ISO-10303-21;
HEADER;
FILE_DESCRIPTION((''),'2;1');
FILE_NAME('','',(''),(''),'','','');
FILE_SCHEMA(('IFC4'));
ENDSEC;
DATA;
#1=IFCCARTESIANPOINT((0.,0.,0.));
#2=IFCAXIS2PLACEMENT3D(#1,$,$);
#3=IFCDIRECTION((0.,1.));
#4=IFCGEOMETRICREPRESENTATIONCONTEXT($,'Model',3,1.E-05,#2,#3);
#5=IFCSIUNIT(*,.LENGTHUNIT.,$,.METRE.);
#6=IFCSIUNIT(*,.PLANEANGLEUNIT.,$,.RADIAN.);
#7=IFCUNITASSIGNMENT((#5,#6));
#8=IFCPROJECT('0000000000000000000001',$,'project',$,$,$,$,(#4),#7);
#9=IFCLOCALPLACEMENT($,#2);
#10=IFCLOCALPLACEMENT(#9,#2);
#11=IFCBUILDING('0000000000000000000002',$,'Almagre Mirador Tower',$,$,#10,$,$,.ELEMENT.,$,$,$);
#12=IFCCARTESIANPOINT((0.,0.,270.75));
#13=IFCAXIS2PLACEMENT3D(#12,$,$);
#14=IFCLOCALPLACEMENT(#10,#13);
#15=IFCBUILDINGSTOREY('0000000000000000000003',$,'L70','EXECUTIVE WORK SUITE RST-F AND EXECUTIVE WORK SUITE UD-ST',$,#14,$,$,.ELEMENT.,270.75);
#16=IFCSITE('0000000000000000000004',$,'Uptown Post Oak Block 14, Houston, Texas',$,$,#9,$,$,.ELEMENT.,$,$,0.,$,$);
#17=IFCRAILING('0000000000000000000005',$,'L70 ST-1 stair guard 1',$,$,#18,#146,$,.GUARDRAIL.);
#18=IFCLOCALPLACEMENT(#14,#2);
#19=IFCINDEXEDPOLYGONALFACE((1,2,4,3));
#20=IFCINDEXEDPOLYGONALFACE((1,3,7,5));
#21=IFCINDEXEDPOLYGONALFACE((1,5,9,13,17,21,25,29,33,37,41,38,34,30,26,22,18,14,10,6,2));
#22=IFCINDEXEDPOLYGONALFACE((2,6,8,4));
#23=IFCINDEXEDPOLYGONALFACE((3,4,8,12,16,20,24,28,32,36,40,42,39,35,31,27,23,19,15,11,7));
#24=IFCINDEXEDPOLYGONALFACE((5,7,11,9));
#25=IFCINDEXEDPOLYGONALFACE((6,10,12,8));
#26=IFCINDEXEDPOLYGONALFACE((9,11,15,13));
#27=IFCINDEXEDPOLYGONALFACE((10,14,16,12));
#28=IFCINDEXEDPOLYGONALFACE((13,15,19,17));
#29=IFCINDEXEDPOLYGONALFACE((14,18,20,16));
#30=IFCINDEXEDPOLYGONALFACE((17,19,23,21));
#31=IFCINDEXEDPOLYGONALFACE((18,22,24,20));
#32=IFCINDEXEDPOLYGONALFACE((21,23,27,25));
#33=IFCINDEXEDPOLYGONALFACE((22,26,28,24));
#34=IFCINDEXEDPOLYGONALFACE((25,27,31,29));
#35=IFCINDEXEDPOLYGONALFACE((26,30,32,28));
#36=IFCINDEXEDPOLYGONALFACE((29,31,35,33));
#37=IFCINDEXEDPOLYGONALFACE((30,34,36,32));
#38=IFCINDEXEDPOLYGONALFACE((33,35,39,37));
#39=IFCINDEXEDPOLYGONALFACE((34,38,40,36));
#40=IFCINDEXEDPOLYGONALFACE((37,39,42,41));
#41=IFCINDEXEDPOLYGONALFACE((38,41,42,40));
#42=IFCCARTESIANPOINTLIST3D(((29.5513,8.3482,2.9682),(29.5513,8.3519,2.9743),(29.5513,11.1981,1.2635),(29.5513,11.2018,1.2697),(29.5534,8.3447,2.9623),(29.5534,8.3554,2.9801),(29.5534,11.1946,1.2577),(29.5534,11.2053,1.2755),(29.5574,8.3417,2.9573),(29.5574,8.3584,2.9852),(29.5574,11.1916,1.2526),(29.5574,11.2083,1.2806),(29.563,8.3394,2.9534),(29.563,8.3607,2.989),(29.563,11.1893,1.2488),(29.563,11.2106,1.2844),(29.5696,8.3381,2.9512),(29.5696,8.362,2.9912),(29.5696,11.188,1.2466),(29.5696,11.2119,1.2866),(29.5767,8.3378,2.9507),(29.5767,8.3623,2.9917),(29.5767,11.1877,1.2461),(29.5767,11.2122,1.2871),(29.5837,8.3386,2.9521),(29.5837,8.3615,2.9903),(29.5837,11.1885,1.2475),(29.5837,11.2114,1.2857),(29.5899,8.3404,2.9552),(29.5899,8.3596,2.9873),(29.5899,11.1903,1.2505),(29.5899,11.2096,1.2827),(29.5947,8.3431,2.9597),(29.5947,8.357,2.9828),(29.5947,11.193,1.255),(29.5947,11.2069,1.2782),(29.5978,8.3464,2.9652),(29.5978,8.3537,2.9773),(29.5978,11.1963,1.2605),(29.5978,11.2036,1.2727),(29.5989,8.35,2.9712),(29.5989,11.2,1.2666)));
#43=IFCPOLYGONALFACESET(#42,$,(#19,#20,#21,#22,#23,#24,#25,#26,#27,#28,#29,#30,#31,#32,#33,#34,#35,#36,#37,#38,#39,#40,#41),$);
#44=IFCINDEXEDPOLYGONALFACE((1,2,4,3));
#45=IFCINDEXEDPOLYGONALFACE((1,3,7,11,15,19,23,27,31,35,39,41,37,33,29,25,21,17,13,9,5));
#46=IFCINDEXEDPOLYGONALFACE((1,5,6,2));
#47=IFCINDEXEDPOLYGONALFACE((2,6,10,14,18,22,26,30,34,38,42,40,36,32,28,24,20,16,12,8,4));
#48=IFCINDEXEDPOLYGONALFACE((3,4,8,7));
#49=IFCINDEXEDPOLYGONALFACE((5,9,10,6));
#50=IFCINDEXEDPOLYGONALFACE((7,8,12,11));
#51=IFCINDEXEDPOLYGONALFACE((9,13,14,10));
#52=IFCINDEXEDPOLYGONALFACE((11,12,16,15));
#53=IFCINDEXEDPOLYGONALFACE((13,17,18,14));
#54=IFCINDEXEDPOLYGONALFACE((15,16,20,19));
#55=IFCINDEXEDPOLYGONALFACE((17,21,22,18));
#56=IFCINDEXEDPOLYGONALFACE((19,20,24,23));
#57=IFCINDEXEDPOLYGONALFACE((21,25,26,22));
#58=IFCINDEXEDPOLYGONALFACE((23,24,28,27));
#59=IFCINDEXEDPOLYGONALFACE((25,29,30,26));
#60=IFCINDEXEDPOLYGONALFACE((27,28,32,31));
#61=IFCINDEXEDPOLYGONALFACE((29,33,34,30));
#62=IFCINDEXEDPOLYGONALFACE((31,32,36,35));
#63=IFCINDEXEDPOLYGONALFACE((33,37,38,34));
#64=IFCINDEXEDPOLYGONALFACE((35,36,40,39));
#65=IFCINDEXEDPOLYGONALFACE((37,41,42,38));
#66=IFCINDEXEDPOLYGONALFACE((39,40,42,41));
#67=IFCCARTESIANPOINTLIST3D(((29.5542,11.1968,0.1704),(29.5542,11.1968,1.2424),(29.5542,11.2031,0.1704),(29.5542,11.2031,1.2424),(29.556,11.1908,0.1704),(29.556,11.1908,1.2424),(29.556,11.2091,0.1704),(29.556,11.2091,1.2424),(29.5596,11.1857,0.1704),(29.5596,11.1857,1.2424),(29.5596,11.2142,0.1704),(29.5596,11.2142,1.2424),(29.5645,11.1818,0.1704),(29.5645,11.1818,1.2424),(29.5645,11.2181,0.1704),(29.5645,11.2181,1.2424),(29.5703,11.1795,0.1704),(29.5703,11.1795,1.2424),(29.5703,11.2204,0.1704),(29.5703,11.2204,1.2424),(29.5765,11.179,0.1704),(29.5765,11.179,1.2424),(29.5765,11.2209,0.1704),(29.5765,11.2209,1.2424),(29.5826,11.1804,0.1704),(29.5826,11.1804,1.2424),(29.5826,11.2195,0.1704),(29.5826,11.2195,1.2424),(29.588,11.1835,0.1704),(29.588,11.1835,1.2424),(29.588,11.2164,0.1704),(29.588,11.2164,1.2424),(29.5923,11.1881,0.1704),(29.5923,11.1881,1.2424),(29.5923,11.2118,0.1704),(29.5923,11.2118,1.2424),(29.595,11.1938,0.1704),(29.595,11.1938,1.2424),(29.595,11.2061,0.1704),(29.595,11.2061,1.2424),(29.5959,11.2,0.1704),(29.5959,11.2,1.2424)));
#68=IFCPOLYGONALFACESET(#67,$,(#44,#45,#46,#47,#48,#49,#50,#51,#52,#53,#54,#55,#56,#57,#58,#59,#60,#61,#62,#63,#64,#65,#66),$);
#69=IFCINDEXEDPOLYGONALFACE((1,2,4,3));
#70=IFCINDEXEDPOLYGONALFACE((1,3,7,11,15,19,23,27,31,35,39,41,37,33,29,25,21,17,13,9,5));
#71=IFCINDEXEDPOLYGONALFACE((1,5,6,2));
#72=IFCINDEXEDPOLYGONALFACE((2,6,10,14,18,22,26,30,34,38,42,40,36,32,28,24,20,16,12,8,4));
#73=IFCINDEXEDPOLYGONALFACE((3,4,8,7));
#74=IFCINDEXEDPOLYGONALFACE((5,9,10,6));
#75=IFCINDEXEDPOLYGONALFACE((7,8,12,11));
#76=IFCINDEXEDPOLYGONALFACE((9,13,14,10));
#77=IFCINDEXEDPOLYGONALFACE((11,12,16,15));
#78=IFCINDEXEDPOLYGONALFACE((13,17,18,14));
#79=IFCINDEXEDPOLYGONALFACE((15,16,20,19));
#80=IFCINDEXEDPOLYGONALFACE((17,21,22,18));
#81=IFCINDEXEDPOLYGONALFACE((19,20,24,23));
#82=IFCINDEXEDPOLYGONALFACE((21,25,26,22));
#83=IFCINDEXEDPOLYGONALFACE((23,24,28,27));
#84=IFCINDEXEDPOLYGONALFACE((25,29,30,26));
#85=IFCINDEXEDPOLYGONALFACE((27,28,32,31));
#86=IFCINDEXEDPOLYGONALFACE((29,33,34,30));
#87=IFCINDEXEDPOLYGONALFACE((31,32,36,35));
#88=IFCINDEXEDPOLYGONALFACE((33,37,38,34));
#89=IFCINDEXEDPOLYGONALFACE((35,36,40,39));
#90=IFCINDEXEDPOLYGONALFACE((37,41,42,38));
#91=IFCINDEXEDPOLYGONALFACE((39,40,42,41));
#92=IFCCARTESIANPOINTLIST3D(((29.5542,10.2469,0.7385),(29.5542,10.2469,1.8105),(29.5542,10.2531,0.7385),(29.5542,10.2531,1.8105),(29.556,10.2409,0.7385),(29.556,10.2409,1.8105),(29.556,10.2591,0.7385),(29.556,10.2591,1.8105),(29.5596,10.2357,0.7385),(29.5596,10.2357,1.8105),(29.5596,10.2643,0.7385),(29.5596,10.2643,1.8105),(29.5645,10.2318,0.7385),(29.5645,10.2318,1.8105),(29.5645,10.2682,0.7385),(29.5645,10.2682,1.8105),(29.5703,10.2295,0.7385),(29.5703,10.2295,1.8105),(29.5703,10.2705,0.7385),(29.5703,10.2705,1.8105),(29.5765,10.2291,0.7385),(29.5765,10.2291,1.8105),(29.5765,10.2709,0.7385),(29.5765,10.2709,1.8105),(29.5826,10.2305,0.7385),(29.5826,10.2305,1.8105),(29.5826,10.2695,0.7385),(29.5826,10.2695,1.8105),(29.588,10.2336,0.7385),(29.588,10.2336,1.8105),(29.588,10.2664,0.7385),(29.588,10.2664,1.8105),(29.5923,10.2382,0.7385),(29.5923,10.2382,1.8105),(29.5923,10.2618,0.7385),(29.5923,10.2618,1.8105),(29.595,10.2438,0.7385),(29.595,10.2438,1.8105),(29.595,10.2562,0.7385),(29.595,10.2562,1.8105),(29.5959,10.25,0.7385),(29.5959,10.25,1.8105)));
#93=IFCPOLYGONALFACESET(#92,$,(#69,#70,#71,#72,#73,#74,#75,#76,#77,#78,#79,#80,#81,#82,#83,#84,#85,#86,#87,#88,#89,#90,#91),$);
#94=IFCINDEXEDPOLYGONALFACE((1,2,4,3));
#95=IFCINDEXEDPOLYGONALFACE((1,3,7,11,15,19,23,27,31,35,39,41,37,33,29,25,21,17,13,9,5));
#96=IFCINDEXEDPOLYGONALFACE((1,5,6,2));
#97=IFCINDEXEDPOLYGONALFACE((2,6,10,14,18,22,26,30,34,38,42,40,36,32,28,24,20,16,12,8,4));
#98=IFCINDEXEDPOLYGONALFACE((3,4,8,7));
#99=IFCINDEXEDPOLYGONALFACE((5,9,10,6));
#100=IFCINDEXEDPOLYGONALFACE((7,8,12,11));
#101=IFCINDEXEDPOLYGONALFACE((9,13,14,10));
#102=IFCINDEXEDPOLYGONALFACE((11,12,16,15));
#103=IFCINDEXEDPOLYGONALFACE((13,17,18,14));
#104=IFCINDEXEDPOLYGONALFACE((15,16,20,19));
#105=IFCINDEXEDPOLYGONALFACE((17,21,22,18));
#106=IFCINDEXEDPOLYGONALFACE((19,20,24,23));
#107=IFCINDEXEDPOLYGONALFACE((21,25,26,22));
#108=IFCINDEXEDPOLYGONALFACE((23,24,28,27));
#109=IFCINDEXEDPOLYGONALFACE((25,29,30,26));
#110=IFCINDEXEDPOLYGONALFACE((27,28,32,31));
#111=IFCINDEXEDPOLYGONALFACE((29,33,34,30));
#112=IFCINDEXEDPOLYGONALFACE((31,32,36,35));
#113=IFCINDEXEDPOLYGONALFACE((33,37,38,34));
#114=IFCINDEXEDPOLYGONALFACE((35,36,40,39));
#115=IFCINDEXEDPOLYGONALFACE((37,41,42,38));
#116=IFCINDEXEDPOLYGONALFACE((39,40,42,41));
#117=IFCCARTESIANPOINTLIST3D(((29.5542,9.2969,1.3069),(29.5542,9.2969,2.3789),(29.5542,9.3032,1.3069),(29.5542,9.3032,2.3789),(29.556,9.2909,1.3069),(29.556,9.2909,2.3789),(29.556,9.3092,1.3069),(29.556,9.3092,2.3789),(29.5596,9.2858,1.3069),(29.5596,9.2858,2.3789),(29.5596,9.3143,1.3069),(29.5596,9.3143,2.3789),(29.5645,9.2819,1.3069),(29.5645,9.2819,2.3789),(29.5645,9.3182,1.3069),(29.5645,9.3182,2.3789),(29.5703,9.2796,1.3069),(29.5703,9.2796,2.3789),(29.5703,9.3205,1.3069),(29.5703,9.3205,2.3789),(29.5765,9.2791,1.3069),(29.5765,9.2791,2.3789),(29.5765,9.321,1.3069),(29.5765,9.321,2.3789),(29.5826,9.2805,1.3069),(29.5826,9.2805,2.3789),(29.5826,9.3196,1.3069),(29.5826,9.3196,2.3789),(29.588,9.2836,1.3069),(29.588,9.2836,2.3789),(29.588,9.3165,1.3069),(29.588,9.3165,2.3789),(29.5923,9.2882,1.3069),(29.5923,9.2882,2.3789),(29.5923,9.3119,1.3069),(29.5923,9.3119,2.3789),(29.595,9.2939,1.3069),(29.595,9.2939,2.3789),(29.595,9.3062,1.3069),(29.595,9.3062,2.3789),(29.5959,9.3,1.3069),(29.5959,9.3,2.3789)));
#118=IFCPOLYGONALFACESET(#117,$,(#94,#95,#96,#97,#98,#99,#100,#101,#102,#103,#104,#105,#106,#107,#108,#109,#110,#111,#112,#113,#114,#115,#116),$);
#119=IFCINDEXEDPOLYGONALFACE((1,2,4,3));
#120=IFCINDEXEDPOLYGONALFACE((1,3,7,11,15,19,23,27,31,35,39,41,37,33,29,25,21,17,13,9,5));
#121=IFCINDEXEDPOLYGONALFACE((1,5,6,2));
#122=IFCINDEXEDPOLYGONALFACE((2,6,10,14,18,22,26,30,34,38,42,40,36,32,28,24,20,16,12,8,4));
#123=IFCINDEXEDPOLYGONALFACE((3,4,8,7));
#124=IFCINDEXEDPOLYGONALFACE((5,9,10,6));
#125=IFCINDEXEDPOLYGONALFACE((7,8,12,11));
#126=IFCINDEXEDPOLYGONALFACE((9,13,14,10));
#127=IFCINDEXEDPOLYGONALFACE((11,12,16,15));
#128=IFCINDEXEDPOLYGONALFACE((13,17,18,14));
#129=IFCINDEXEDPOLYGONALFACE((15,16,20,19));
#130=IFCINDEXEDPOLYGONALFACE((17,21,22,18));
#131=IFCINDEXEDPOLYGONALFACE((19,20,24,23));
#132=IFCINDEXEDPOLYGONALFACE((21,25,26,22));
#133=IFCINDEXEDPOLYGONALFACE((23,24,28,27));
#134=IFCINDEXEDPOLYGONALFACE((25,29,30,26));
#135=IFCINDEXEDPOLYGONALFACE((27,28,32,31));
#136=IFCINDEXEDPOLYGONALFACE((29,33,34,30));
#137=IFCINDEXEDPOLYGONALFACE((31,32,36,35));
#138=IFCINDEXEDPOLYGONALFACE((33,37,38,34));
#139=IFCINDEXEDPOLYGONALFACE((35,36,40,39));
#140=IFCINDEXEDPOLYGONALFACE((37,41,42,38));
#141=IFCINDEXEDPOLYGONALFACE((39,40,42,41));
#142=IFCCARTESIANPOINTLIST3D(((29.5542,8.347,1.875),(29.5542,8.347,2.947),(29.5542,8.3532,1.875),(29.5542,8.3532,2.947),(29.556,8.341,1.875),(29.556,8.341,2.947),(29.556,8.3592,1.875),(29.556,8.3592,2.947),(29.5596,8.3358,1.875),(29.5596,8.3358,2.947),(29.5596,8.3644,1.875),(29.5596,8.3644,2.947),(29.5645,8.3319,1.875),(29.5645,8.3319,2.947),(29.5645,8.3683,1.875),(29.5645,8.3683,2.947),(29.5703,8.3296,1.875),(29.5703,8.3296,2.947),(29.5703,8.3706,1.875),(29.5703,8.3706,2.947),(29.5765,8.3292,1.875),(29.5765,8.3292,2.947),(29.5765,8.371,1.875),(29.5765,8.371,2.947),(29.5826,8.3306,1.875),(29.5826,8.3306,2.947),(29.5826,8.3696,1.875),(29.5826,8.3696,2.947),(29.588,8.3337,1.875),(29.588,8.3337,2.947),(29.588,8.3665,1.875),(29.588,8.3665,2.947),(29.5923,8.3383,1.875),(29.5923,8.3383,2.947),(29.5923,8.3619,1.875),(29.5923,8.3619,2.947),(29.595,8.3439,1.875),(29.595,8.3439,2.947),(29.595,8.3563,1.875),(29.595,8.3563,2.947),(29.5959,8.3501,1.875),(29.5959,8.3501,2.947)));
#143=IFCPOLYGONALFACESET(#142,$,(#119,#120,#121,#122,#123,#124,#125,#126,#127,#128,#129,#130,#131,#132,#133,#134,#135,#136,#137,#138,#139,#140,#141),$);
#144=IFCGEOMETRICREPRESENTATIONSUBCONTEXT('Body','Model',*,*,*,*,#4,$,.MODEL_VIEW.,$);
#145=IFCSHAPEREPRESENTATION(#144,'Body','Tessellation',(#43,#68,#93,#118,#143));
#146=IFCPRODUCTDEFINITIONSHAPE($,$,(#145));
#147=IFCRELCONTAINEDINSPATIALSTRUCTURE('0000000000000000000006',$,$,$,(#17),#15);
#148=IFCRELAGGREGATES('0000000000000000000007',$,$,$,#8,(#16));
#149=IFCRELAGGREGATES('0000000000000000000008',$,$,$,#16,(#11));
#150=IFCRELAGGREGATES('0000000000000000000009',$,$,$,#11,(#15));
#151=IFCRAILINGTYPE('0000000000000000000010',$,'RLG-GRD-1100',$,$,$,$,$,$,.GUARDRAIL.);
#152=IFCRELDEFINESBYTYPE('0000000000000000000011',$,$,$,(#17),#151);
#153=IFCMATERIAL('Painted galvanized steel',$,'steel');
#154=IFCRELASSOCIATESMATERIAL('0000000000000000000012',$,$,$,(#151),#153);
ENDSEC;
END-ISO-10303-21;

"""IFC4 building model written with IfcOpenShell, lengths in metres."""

from ifc_helpers import new_model, si_unit, direction, frame, origin, origin_2d, place, context, subcontext, project, spatial, circle, extrude, material, type_object, element, save


model = new_model("IFC4")

# Units and contexts
model_context = context("Model", 3, precision=1e-05, world=origin(), true_north=direction((0.0, 1.0)))
body_context = subcontext(model_context, "Body", "Model", "MODEL_VIEW")
ifc_project = project(units=[si_unit("LENGTHUNIT", "METRE"), si_unit("PLANEANGLEUNIT", "RADIAN")], contexts=[model_context])

# Site, building, storey
site_placement = place(None, origin())
site = spatial("IfcSite", under=ifc_project, at=site_placement, Name="Uptown Post Oak Block 14, Houston, Texas", CompositionType="ELEMENT", RefElevation=0.0)
building_placement = place(site_placement, origin())
building = spatial("IfcBuilding", under=site, at=building_placement, Name="Almagre Mirador Tower", CompositionType="ELEMENT")
storey_placement = place(building_placement, frame((0.0, 0.0, 270.75)))
storey = spatial("IfcBuildingStorey", under=building, at=storey_placement, Name="L70", Description="EXECUTIVE WORK SUITE RST-F AND EXECUTIVE WORK SUITE UD-ST", CompositionType="ELEMENT", Elevation=270.75)

# Railing
ifc_material_1 = material(Name="Painted galvanized steel", Category="steel")
railing_type_1 = type_object("IfcRailingType", Name="RLG-GRD-1100", PredefinedType="GUARDRAIL", material=ifc_material_1)
railing_1_placement = place(storey_placement, frame((29.575, 11.2, 0.1704)))
element("IfcRailing", 1, at=railing_1_placement, inside=storey, type_object=railing_type_1, Name="L70 ST-1 stair guard 1", PredefinedType="GUARDRAIL", context=body_context, shape_type="SweptSolid", body=[
    extrude(circle(Radius=0.0239, at=origin_2d()), frame((0.0, 0.0, 1.0962), z_axis=(0.0, -0.858199, 0.513317), x_axis=(1.0, 0.0, 0.0)), (0.0, 0.0, 1.0), 3.3208),
    extrude(circle(Radius=0.021, at=origin_2d()), origin(), (0.0, 0.0, 1.0), 1.072),
    extrude(circle(Radius=0.021, at=origin_2d()), frame((0.0, -0.95, 0.5681)), (0.0, 0.0, 1.0), 1.072),
    extrude(circle(Radius=0.021, at=origin_2d()), frame((0.0, -1.8999, 1.1365)), (0.0, 0.0, 1.0), 1.072),
    extrude(circle(Radius=0.021, at=origin_2d()), frame((0.0, -2.8499, 1.7046)), (0.0, 0.0, 1.0), 1.072),
])

save(model, "model.ifc")
